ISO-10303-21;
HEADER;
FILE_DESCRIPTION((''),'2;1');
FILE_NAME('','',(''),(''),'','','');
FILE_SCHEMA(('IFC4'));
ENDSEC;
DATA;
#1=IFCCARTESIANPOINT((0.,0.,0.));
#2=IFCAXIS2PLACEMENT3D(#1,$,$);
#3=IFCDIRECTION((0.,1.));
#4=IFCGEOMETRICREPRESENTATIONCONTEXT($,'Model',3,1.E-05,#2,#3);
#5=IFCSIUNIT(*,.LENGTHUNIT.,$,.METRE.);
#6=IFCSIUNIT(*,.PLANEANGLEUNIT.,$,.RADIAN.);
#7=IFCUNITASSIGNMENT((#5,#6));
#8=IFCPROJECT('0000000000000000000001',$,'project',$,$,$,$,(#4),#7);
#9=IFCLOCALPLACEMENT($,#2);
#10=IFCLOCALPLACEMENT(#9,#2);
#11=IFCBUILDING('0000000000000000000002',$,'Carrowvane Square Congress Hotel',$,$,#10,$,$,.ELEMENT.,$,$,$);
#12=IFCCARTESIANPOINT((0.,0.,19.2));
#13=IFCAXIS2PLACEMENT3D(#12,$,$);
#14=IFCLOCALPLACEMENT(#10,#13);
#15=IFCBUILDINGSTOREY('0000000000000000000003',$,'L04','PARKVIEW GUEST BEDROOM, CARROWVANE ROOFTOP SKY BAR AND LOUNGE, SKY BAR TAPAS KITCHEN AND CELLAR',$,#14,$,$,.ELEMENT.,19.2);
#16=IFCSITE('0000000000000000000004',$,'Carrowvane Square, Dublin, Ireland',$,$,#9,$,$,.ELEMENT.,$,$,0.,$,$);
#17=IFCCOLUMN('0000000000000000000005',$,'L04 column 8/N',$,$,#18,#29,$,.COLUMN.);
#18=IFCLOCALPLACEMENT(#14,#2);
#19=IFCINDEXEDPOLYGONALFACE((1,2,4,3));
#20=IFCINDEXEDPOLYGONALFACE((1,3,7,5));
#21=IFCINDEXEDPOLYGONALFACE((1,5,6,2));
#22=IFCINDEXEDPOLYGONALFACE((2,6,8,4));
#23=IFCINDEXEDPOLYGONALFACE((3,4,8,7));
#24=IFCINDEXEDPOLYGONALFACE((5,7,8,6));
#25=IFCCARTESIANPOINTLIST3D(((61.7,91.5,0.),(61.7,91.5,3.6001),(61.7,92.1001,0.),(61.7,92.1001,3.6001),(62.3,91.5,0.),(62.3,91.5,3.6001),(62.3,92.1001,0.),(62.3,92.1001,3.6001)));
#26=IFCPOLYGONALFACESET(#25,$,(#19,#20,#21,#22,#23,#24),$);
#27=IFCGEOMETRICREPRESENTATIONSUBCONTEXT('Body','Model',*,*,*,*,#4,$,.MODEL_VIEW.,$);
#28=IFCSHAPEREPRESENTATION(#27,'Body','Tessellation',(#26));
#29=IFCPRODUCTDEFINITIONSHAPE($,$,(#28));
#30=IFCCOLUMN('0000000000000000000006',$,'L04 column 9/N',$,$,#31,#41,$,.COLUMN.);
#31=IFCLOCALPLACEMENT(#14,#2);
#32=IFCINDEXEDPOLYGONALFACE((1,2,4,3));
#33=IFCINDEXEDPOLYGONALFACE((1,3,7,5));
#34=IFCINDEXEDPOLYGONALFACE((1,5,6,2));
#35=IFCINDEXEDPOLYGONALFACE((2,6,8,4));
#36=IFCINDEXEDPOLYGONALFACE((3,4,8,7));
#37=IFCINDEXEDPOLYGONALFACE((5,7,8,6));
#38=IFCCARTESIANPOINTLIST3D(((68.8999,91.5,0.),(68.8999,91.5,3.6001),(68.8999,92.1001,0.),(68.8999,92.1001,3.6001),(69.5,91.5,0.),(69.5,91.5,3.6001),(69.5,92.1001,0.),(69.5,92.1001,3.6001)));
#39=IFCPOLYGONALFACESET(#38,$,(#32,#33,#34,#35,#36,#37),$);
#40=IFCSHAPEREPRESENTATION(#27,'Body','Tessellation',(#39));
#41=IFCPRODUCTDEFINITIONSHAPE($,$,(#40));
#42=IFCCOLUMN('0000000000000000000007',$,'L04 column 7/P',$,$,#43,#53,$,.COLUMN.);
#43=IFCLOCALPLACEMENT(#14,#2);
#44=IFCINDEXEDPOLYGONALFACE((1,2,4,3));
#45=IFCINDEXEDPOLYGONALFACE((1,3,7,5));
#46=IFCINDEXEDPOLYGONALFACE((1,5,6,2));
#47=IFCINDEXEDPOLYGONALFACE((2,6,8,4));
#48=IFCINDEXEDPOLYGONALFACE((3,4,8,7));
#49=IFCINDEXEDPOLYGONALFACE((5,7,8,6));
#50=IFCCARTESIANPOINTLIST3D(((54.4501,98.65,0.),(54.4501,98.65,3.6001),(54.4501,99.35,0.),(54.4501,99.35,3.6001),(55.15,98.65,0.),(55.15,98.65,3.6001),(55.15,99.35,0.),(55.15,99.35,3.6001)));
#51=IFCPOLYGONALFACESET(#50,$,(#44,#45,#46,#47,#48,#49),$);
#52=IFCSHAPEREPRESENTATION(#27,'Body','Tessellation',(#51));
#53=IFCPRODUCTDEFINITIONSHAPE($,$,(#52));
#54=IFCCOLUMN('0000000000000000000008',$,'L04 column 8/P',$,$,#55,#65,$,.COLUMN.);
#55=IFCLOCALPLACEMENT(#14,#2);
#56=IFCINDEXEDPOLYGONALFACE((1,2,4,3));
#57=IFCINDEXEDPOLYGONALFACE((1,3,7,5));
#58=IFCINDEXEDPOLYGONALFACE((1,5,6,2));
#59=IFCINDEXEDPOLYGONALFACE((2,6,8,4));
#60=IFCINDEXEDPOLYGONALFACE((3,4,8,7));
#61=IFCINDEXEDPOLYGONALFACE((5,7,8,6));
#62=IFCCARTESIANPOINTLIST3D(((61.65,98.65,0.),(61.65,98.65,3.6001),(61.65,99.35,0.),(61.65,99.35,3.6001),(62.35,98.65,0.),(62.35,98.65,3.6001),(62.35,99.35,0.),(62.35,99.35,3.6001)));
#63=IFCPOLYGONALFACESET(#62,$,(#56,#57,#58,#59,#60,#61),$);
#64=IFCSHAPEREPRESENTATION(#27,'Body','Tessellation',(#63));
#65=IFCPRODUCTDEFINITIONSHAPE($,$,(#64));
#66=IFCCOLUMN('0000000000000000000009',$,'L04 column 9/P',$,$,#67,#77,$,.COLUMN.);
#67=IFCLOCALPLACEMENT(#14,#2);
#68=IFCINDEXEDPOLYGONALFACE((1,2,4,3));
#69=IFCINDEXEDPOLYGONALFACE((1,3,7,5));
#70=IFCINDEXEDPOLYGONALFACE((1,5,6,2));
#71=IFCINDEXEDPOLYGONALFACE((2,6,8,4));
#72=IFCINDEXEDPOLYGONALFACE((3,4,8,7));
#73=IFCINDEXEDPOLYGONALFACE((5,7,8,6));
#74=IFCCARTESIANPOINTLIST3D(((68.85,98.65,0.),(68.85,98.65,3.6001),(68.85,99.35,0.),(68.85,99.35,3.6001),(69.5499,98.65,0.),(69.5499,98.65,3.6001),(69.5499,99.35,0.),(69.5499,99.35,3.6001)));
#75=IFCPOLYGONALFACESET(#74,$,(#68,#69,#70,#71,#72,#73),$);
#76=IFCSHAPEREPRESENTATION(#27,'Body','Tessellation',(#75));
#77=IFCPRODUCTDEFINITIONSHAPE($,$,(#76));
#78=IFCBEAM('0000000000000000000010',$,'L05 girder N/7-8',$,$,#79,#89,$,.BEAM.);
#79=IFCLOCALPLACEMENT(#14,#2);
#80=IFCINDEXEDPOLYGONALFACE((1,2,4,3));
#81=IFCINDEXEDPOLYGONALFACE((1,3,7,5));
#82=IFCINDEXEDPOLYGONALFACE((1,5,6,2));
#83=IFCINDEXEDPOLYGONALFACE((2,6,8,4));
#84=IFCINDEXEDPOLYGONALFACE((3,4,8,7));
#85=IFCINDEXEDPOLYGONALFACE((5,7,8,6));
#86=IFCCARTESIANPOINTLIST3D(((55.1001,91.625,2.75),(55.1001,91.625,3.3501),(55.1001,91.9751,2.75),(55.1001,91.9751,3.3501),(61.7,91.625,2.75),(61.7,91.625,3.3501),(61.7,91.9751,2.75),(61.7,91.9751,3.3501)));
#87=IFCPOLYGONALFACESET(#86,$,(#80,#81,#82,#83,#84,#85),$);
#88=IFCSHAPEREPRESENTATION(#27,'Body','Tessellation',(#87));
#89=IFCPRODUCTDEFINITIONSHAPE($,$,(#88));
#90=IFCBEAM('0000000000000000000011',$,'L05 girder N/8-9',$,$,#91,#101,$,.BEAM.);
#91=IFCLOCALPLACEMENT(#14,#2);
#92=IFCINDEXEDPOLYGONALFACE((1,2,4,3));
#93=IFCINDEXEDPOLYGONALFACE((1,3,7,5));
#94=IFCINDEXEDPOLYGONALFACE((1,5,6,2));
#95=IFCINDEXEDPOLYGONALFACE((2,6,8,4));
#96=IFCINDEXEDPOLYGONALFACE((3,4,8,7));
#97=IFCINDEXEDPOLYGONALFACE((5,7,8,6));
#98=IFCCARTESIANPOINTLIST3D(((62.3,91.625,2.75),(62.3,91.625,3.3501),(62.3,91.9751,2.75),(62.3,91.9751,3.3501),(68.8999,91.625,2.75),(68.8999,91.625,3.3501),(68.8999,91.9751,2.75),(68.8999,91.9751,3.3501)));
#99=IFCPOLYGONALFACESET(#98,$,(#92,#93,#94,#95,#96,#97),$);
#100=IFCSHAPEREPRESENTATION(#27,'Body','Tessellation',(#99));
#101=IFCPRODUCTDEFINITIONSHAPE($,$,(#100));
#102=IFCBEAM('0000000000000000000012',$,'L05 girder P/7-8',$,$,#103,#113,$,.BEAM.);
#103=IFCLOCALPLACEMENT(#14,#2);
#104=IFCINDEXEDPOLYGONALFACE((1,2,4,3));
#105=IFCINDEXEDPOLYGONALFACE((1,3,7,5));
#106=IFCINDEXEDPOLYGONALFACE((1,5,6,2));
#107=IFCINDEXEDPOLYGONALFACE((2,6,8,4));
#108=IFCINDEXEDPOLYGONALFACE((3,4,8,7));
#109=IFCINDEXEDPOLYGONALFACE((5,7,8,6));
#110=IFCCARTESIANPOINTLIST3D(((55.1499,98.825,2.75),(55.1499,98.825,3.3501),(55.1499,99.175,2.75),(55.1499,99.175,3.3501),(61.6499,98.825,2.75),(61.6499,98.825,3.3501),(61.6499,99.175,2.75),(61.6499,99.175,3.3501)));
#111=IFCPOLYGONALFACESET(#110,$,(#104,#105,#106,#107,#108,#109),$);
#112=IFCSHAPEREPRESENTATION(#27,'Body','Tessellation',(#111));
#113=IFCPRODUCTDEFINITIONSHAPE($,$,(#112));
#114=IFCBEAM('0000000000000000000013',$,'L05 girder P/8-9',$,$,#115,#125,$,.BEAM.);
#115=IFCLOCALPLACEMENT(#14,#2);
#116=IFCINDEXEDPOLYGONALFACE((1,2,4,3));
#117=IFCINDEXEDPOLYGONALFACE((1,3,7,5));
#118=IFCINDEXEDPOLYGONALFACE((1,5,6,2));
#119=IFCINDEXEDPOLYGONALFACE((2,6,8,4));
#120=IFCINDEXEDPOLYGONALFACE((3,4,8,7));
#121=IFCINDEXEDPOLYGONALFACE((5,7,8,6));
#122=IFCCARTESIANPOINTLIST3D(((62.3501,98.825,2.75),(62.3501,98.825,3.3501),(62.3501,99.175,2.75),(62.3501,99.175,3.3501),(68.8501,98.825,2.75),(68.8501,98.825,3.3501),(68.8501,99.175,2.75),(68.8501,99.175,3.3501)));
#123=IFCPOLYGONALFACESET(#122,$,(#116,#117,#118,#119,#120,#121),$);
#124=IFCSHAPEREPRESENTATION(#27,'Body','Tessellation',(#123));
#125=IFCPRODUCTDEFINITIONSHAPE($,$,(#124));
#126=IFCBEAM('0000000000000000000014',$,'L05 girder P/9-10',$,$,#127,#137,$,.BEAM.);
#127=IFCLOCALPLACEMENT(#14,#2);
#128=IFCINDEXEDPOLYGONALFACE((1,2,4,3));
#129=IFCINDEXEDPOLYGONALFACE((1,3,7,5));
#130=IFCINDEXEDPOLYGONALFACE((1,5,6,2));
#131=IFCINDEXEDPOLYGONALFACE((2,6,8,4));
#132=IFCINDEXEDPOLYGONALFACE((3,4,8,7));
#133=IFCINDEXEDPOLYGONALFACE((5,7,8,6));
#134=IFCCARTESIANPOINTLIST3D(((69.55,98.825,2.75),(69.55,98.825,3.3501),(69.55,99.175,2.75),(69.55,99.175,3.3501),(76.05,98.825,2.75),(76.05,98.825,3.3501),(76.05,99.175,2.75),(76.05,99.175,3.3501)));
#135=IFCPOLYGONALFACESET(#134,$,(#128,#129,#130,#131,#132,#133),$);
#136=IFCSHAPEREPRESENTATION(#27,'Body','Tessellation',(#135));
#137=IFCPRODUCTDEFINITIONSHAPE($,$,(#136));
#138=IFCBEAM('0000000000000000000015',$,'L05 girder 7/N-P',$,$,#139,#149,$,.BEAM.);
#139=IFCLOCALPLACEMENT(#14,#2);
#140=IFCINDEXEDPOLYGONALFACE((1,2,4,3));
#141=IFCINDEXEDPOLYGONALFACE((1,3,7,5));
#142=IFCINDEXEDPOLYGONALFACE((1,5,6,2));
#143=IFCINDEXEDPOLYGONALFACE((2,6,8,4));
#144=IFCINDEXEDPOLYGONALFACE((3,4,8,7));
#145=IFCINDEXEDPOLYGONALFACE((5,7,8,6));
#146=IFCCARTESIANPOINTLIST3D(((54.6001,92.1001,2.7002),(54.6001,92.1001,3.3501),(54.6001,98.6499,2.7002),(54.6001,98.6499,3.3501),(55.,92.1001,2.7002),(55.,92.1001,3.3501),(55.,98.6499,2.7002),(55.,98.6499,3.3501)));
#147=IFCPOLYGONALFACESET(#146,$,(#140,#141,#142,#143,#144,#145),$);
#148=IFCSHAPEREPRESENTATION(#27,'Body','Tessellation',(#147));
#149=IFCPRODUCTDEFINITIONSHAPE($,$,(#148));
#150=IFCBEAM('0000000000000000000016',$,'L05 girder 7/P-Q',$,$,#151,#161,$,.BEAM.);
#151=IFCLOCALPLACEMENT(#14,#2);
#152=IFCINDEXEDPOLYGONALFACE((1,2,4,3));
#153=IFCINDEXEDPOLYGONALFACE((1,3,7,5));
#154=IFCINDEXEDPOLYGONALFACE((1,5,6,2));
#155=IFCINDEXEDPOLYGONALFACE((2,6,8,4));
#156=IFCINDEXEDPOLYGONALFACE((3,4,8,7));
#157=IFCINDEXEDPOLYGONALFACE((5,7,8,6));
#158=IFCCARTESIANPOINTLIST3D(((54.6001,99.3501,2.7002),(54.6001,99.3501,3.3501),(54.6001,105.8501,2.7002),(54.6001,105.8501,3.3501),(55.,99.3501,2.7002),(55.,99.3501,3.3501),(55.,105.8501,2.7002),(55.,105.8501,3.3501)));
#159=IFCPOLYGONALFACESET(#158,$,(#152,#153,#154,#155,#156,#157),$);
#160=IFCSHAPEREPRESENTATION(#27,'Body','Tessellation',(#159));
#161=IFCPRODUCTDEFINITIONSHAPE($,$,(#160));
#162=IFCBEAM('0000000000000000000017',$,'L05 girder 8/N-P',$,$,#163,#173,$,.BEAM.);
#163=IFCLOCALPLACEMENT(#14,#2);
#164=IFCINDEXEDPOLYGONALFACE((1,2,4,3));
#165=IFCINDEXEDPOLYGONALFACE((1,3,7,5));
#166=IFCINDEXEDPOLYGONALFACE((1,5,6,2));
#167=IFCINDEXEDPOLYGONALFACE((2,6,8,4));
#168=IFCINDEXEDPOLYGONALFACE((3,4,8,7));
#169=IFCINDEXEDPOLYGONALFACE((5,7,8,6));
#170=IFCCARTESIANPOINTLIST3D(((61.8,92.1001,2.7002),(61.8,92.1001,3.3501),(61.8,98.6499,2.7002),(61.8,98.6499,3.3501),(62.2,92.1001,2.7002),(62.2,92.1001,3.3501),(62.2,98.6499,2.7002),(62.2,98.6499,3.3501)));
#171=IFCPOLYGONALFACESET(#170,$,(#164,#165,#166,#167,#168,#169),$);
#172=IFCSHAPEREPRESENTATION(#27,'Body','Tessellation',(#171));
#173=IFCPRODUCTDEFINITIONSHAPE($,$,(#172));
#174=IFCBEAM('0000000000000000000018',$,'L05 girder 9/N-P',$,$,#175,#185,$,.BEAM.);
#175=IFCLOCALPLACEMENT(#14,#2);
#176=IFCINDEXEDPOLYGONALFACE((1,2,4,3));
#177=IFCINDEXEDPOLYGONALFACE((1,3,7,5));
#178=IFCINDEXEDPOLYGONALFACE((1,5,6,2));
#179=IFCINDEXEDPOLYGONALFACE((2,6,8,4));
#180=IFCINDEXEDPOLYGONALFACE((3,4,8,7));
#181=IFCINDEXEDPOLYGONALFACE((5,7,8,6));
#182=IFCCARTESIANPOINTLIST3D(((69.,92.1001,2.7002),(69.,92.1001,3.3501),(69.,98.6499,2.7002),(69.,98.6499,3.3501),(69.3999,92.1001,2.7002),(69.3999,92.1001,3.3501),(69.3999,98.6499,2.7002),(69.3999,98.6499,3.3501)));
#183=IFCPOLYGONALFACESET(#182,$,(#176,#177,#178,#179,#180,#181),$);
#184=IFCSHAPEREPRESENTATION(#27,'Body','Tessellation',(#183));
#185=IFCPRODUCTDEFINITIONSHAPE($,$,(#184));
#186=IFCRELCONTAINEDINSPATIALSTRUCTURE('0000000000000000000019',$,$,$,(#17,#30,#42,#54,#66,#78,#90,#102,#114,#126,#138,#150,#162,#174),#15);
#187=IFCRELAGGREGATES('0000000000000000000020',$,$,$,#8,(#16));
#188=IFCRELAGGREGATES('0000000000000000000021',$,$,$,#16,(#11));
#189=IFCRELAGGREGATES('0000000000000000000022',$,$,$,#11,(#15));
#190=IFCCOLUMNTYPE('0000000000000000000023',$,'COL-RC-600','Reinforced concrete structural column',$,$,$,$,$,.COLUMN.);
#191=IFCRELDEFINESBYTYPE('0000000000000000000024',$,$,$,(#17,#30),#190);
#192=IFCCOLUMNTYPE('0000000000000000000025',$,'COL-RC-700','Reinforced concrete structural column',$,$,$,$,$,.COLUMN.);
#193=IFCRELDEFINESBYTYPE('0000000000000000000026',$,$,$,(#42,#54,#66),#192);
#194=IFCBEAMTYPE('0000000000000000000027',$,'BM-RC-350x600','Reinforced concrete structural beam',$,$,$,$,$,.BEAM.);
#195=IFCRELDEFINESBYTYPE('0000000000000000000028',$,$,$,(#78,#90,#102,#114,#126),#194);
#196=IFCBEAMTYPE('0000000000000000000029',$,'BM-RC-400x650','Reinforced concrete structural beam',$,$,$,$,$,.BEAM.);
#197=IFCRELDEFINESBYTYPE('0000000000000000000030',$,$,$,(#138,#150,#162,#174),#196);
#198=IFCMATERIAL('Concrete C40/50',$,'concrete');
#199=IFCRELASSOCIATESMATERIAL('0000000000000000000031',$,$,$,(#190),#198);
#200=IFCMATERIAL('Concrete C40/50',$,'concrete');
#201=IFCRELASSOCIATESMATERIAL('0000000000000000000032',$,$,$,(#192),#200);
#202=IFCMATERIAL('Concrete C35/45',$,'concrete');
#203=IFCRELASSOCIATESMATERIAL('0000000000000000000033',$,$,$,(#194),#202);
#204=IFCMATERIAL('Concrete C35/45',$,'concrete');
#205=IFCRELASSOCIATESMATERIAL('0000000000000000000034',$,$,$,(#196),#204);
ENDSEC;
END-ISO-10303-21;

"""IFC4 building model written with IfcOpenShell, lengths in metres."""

from ifc_helpers import new_model, si_unit, direction, frame, origin, origin_2d, place, context, subcontext, project, spatial, rectangle, extrude, material, material_profile, profile_set, type_object, element, save


model = new_model("IFC4")

# Units and contexts
model_context = context("Model", 3, precision=1e-05, world=origin(), true_north=direction((0.0, 1.0)))
body_context = subcontext(model_context, "Body", "Model", "MODEL_VIEW")
ifc_project = project(units=[si_unit("LENGTHUNIT", "METRE"), si_unit("PLANEANGLEUNIT", "RADIAN")], contexts=[model_context])

# Site, building, storey
site_placement = place(None, origin())
site = spatial("IfcSite", under=ifc_project, at=site_placement, Name="Carrowvane Square, Dublin, Ireland", CompositionType="ELEMENT", RefElevation=0.0)
building_placement = place(site_placement, origin())
building = spatial("IfcBuilding", under=site, at=building_placement, Name="Carrowvane Square Congress Hotel", CompositionType="ELEMENT")
storey_placement = place(building_placement, frame((0.0, 0.0, 19.2)))
storey = spatial("IfcBuildingStorey", under=building, at=storey_placement, Name="L04", Description="PARKVIEW GUEST BEDROOM, CARROWVANE ROOFTOP SKY BAR AND LOUNGE, SKY BAR TAPAS KITCHEN AND CELLAR", CompositionType="ELEMENT", Elevation=19.2)

# Columns
ifc_material_1 = material(Name="Concrete C40/50", Category="concrete")
ifc_material_profile_1 = material_profile(ifc_material_1, rectangle(XDim=0.6001, YDim=0.6001, at=origin_2d()), Name="RC 600x600")
ifc_profile_set_1 = profile_set([ifc_material_profile_1], Name="Concrete C40/50")
column_type_1 = type_object("IfcColumnType", Name="COL-RC-600", Description="Reinforced concrete structural column", PredefinedType="COLUMN", material=ifc_profile_set_1)
for number, where, z_axis, x_axis, name in (
    (1, (62.0, 91.8, 0.0), (0.0, 0.0, 1.0), (1.0, 0.0, 0.0), "L04 column 8/N"),
    (2, (69.2, 91.8, 0.0), (0.0, 0.0, 1.0), (1.0, 0.0, 0.0), "L04 column 9/N"),
):
    element("IfcColumn", number, at=place(storey_placement, frame(where, z_axis=z_axis, x_axis=x_axis)), inside=storey, type_object=column_type_1, Name=name, PredefinedType="COLUMN", context=body_context, shape_type="SweptSolid", body=[
        extrude(rectangle(XDim=0.6001, YDim=0.6001, at=origin_2d()), origin(), (0.0, 0.0, 1.0), 3.6001),
    ])
ifc_material_2 = material(Name="Concrete C40/50", Category="concrete")
ifc_material_profile_2 = material_profile(ifc_material_2, rectangle(XDim=0.7, YDim=0.7, at=origin_2d()), Name="RC 700x700")
ifc_profile_set_2 = profile_set([ifc_material_profile_2], Name="Concrete C40/50")
column_type_2 = type_object("IfcColumnType", Name="COL-RC-700", Description="Reinforced concrete structural column", PredefinedType="COLUMN", material=ifc_profile_set_2)
for number, where, z_axis, x_axis, name in (
    (3, (54.8, 99.0, 0.0), (0.0, 0.0, 1.0), (1.0, 0.0, 0.0), "L04 column 7/P"),
    (4, (62.0, 99.0, 0.0), (0.0, 0.0, 1.0), (1.0, 0.0, 0.0), "L04 column 8/P"),
    (5, (69.2, 99.0, 0.0), (0.0, 0.0, 1.0), (1.0, 0.0, 0.0), "L04 column 9/P"),
):
    element("IfcColumn", number, at=place(storey_placement, frame(where, z_axis=z_axis, x_axis=x_axis)), inside=storey, type_object=column_type_2, Name=name, PredefinedType="COLUMN", context=body_context, shape_type="SweptSolid", body=[
        extrude(rectangle(XDim=0.7, YDim=0.7, at=origin_2d()), origin(), (0.0, 0.0, 1.0), 3.6001),
    ])

# Beams
ifc_material_3 = material(Name="Concrete C35/45", Category="concrete")
ifc_material_profile_3 = material_profile(ifc_material_3, rectangle(XDim=0.3501, YDim=0.6001, at=origin_2d()), Name="RC 350x600")
ifc_profile_set_3 = profile_set([ifc_material_profile_3], Name="Concrete C35/45")
beam_type_1 = type_object("IfcBeamType", Name="BM-RC-350x600", Description="Reinforced concrete structural beam", PredefinedType="BEAM", material=ifc_profile_set_3)
for number, where, z_axis, x_axis, name in (
    (6, (55.1001, 91.8, 3.05), (1.0, 0.0, 0.0), (0.0, 1.0, 0.0), "L05 girder N/7-8"),
    (7, (62.3, 91.8, 3.05), (1.0, 0.0, 0.0), (0.0, 1.0, 0.0), "L05 girder N/8-9"),
):
    element("IfcBeam", number, at=place(storey_placement, frame(where, z_axis=z_axis, x_axis=x_axis)), inside=storey, type_object=beam_type_1, Name=name, PredefinedType="BEAM", context=body_context, shape_type="SweptSolid", body=[
        extrude(rectangle(XDim=0.3501, YDim=0.6001, at=origin_2d()), origin(), (0.0, 0.0, 1.0), 6.5999),
    ])
for number, where, z_axis, x_axis, name in (
    (8, (55.1499, 99.0, 3.05), (1.0, 0.0, 0.0), (0.0, 1.0, 0.0), "L05 girder P/7-8"),
    (9, (62.3501, 99.0, 3.05), (1.0, 0.0, 0.0), (0.0, 1.0, 0.0), "L05 girder P/8-9"),
    (10, (69.55, 99.0, 3.05), (1.0, 0.0, 0.0), (0.0, 1.0, 0.0), "L05 girder P/9-10"),
):
    element("IfcBeam", number, at=place(storey_placement, frame(where, z_axis=z_axis, x_axis=x_axis)), inside=storey, type_object=beam_type_1, Name=name, PredefinedType="BEAM", context=body_context, shape_type="SweptSolid", body=[
        extrude(rectangle(XDim=0.3501, YDim=0.6001, at=origin_2d()), origin(), (0.0, 0.0, 1.0), 6.5),
    ])
ifc_material_4 = material(Name="Concrete C35/45", Category="concrete")
ifc_material_profile_4 = material_profile(ifc_material_4, rectangle(XDim=0.3999, YDim=0.6499, at=origin_2d()), Name="RC 400x650")
ifc_profile_set_4 = profile_set([ifc_material_profile_4], Name="Concrete C35/45")
beam_type_2 = type_object("IfcBeamType", Name="BM-RC-400x650", Description="Reinforced concrete structural beam", PredefinedType="BEAM", material=ifc_profile_set_4)
beam_1_placement = place(storey_placement, frame((54.8, 92.1001, 3.0251), z_axis=(0.0, 1.0, 0.0), x_axis=(-1.0, 0.0, 0.0)))
element("IfcBeam", 11, at=beam_1_placement, inside=storey, type_object=beam_type_2, Name="L05 girder 7/N-P", PredefinedType="BEAM", context=body_context, shape_type="SweptSolid", body=[
    extrude(rectangle(XDim=0.3999, YDim=0.6499, at=origin_2d()), origin(), (0.0, 0.0, 1.0), 6.5498),
])
beam_2_placement = place(storey_placement, frame((54.8, 99.3501, 3.0251), z_axis=(0.0, 1.0, 0.0), x_axis=(-1.0, 0.0, 0.0)))
element("IfcBeam", 12, at=beam_2_placement, inside=storey, type_object=beam_type_2, Name="L05 girder 7/P-Q", PredefinedType="BEAM", context=body_context, shape_type="SweptSolid", body=[
    extrude(rectangle(XDim=0.3999, YDim=0.6499, at=origin_2d()), origin(), (0.0, 0.0, 1.0), 6.5),
])
for number, where, z_axis, x_axis, name in (
    (13, (62.0, 92.1001, 3.0251), (0.0, 1.0, 0.0), (-1.0, 0.0, 0.0), "L05 girder 8/N-P"),
    (14, (69.2, 92.1001, 3.0251), (0.0, 1.0, 0.0), (-1.0, 0.0, 0.0), "L05 girder 9/N-P"),
):
    element("IfcBeam", number, at=place(storey_placement, frame(where, z_axis=z_axis, x_axis=x_axis)), inside=storey, type_object=beam_type_2, Name=name, PredefinedType="BEAM", context=body_context, shape_type="SweptSolid", body=[
        extrude(rectangle(XDim=0.3999, YDim=0.6499, at=origin_2d()), origin(), (0.0, 0.0, 1.0), 6.5498),
    ])

save(model, "model.ifc")
